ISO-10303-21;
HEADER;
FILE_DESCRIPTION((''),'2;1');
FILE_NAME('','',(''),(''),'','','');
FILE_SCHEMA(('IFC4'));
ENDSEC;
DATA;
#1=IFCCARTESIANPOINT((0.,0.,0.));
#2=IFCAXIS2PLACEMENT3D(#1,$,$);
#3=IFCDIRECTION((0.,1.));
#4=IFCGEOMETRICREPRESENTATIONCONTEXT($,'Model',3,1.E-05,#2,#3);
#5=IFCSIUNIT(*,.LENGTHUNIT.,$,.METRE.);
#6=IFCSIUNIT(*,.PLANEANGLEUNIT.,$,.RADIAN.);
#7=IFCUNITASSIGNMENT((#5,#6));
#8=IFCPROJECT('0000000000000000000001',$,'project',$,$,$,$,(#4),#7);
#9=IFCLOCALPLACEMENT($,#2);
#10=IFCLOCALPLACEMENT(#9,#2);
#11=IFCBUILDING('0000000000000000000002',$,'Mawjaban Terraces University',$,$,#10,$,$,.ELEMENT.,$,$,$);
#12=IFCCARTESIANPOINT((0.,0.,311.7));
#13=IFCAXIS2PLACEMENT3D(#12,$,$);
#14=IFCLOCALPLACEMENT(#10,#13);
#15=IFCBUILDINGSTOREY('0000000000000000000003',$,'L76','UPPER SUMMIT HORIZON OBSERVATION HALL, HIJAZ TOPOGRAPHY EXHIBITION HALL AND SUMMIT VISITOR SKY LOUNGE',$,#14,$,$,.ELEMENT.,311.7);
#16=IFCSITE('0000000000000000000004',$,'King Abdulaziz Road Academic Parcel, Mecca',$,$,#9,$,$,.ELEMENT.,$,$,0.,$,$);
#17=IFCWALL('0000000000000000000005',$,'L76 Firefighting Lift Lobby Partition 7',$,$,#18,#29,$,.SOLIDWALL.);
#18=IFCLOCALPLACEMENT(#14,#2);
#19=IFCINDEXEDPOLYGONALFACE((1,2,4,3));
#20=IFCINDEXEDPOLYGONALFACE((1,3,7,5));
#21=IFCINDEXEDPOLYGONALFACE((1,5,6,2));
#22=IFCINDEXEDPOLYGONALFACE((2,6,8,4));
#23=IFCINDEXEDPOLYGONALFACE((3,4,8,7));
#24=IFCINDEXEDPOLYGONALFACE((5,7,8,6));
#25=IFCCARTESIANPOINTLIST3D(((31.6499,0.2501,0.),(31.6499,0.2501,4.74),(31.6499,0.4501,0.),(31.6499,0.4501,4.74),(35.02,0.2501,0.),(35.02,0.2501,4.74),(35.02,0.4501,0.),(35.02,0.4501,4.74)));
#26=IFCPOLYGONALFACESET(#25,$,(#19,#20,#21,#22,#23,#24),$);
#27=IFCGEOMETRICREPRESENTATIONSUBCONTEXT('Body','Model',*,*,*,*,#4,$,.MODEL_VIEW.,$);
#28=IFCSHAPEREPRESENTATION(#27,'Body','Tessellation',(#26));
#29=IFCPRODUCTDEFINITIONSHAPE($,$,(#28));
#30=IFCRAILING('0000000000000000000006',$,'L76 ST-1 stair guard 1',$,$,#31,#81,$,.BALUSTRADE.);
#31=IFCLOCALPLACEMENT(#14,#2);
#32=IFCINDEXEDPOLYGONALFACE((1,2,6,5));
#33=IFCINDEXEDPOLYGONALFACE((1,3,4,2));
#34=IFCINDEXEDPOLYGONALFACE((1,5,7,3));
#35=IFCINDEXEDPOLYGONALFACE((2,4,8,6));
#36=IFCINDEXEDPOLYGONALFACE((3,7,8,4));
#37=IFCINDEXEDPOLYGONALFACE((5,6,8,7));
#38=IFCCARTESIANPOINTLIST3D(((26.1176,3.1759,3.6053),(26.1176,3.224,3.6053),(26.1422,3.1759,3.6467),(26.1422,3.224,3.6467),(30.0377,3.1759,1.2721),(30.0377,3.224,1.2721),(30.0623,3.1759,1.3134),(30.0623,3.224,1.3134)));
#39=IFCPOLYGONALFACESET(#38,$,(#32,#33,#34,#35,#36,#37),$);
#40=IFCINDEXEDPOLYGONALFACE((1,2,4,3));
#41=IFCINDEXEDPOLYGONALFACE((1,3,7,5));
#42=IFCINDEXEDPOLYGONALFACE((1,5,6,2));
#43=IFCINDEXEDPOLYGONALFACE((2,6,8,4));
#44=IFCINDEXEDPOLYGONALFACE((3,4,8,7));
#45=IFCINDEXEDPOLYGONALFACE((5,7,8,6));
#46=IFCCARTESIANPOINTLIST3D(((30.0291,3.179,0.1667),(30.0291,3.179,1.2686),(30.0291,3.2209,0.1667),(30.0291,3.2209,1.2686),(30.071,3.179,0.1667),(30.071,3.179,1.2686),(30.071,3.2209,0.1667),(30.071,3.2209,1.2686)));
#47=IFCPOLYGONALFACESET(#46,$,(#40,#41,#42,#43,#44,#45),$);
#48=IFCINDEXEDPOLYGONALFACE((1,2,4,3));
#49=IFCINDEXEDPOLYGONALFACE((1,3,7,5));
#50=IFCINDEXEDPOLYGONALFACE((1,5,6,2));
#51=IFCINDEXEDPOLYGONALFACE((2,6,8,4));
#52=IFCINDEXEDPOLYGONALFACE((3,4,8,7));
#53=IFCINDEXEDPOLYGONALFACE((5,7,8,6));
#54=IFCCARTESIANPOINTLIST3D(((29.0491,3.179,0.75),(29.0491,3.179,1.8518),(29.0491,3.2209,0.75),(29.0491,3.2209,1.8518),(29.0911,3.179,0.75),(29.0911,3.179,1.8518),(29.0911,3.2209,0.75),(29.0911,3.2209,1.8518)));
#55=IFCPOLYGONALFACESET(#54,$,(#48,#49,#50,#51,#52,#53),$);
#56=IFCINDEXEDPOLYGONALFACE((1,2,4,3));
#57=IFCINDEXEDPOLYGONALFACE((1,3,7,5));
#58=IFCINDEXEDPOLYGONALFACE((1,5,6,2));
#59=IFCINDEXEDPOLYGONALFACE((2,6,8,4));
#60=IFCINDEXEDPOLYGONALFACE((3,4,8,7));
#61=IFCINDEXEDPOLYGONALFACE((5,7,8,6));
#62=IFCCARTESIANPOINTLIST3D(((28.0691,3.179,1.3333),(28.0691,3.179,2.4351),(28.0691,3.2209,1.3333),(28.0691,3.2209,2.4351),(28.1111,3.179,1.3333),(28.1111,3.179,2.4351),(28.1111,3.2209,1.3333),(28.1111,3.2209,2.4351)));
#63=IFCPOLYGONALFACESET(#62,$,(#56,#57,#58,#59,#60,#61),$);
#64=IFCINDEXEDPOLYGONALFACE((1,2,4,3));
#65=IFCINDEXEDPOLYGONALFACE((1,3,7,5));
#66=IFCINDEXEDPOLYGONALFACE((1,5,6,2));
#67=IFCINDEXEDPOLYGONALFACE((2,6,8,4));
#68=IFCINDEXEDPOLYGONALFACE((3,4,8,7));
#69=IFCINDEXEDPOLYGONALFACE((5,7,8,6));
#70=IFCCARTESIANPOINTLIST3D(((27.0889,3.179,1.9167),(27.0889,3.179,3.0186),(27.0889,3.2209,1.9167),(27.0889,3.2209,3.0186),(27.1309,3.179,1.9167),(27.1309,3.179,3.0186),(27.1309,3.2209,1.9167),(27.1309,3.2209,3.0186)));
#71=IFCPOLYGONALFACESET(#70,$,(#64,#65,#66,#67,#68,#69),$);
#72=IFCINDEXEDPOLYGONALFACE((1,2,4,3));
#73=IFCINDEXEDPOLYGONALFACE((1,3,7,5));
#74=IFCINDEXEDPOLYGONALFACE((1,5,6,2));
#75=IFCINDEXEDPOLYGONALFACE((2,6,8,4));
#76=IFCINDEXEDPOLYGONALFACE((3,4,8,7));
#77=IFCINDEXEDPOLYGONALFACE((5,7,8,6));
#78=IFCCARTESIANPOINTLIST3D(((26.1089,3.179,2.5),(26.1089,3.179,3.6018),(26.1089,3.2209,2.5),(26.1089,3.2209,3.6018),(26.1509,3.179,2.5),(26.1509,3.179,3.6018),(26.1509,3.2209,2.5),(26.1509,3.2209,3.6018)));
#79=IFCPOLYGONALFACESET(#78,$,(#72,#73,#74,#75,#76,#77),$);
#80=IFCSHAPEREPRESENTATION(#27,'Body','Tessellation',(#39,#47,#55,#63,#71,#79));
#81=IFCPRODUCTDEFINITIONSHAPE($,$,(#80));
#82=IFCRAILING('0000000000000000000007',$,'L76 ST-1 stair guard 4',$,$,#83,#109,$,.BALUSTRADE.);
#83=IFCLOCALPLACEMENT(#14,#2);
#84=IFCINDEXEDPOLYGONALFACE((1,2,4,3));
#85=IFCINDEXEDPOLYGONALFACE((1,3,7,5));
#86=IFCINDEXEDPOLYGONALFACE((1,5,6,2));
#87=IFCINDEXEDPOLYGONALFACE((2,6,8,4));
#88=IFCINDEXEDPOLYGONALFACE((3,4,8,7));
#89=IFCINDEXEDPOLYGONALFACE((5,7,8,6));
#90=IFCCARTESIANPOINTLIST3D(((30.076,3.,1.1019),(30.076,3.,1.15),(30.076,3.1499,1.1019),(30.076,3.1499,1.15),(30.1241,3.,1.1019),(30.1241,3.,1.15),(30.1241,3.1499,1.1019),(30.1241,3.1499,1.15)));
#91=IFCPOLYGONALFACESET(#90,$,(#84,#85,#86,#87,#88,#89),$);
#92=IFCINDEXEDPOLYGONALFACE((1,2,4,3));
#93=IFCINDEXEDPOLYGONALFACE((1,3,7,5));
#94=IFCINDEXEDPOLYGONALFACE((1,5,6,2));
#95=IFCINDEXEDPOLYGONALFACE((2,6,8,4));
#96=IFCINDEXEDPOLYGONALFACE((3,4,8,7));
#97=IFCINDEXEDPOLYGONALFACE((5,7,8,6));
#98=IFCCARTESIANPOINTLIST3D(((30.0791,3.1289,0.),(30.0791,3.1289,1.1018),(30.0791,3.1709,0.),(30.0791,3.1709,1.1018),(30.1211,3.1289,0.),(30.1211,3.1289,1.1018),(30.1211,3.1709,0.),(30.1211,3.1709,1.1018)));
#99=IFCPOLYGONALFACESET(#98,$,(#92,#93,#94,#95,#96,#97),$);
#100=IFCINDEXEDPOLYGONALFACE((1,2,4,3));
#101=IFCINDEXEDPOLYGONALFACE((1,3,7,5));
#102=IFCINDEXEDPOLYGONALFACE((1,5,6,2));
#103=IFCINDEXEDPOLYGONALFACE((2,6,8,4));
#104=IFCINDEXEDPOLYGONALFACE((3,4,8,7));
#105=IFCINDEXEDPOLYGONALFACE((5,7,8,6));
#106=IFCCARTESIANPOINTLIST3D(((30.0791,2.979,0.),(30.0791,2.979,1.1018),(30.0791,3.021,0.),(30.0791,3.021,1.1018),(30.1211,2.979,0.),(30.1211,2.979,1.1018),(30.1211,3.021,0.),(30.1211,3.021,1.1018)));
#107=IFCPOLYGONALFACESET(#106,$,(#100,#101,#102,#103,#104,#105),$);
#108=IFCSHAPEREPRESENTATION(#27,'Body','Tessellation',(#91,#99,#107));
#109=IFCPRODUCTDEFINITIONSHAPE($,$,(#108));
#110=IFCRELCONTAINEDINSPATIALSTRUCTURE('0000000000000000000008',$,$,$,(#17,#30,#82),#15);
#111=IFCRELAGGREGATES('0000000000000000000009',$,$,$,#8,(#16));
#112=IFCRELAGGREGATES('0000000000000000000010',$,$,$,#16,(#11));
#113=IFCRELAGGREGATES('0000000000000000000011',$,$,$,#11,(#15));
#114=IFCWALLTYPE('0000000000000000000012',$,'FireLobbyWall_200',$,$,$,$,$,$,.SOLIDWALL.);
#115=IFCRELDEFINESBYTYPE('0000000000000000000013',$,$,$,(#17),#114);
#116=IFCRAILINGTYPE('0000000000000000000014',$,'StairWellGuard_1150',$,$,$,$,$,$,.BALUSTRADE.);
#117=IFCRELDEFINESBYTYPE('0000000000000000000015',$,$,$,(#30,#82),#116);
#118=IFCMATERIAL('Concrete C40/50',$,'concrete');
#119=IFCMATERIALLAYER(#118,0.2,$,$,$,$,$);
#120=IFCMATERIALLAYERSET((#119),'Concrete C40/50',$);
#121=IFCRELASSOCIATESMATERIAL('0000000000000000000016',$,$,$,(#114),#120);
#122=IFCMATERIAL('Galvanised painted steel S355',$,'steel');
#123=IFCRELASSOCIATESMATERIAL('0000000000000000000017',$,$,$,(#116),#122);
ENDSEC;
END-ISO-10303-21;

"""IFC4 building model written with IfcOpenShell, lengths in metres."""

from ifc_helpers import new_model, si_unit, direction, frame, frame_2d, origin, origin_2d, place, context, subcontext, project, spatial, rectangle, extrude, material, layer, layer_set, type_object, element, save


model = new_model("IFC4")

# Units and contexts
model_context = context("Model", 3, precision=1e-05, world=origin(), true_north=direction((0.0, 1.0)))
body_context = subcontext(model_context, "Body", "Model", "MODEL_VIEW")
ifc_project = project(units=[si_unit("LENGTHUNIT", "METRE"), si_unit("PLANEANGLEUNIT", "RADIAN")], contexts=[model_context])

# Site, building, storey
site_placement = place(None, origin())
site = spatial("IfcSite", under=ifc_project, at=site_placement, Name="King Abdulaziz Road Academic Parcel, Mecca", CompositionType="ELEMENT", RefElevation=0.0)
building_placement = place(site_placement, origin())
building = spatial("IfcBuilding", under=site, at=building_placement, Name="Mawjaban Terraces University", CompositionType="ELEMENT")
storey_placement = place(building_placement, frame((0.0, 0.0, 311.7)))
storey = spatial("IfcBuildingStorey", under=building, at=storey_placement, Name="L76", Description="UPPER SUMMIT HORIZON OBSERVATION HALL, HIJAZ TOPOGRAPHY EXHIBITION HALL AND SUMMIT VISITOR SKY LOUNGE", CompositionType="ELEMENT", Elevation=311.7)

# Shared definitions
ifc_material_1 = material(Name="Concrete C40/50", Category="concrete")
ifc_layer_1 = layer(ifc_material_1, 0.2)
ifc_layer_set_1 = layer_set([ifc_layer_1], Name="Concrete C40/50")
wall_type_1 = type_object("IfcWallType", Name="FireLobbyWall_200", PredefinedType="SOLIDWALL", material=ifc_layer_set_1)

# Wall
wall_1_placement = place(storey_placement, frame((31.6499, 0.3501, 0.0), z_axis=(0.0, 0.0, 1.0), x_axis=(1.0, 0.0, 0.0)))
element("IfcWall", 1, at=wall_1_placement, inside=storey, type_object=wall_type_1, Name="L76 Firefighting Lift Lobby Partition 7", PredefinedType="SOLIDWALL", context=body_context, shape_type="SweptSolid", body=[
    extrude(rectangle(XDim=3.3701, YDim=0.2, at=frame_2d((1.6851, 0.0))), origin(), (0.0, 0.0, 1.0), 4.74),
])

# Railings
ifc_material_2 = material(Name="Galvanised painted steel S355", Category="steel")
railing_type = type_object("IfcRailingType", Name="StairWellGuard_1150", PredefinedType="BALUSTRADE", material=ifc_material_2)
railing_1_placement = place(storey_placement, frame((30.05, 3.2, 0.1667)))
element("IfcRailing", 2, at=railing_1_placement, inside=storey, type_object=railing_type, Name="L76 ST-1 stair guard 1", PredefinedType="BALUSTRADE", context=body_context, shape_type="SweptSolid", body=[
    extrude(rectangle(XDim=0.0481, YDim=0.0481, at=origin_2d()), frame((0.0, 0.0, 1.126), z_axis=(-0.85931, 0.0, 0.511455), x_axis=(0.0, -1.0, 0.0)), (0.0, 0.0, 1.0), 4.562),
    extrude(rectangle(XDim=0.042, YDim=0.042, at=origin_2d()), origin(), (0.0, 0.0, 1.0), 1.1018),
    extrude(rectangle(XDim=0.042, YDim=0.042, at=origin_2d()), frame((-0.98, 0.0, 0.5833)), (0.0, 0.0, 1.0), 1.1018),
    extrude(rectangle(XDim=0.042, YDim=0.042, at=origin_2d()), frame((-1.96, 0.0, 1.1665)), (0.0, 0.0, 1.0), 1.1018),
    extrude(rectangle(XDim=0.042, YDim=0.042, at=origin_2d()), frame((-2.9402, 0.0, 1.75)), (0.0, 0.0, 1.0), 1.1018),
    extrude(rectangle(XDim=0.042, YDim=0.042, at=origin_2d()), frame((-3.9202, 0.0, 2.3333)), (0.0, 0.0, 1.0), 1.1018),
])
railing_2_placement = place(storey_placement, frame((30.1001, 3.1499, 0.0)))
element("IfcRailing", 3, at=railing_2_placement, inside=storey, type_object=railing_type, Name="L76 ST-1 stair guard 4", PredefinedType="BALUSTRADE", context=body_context, shape_type="SweptSolid", body=[
    extrude(rectangle(XDim=0.0481, YDim=0.0481, at=origin_2d()), frame((0.0, 0.0, 1.126), z_axis=(0.0, -1.0, 0.0), x_axis=(1.0, 0.0, 0.0)), (0.0, 0.0, 1.0), 0.1499),
    extrude(rectangle(XDim=0.042, YDim=0.042, at=origin_2d()), origin(), (0.0, 0.0, 1.0), 1.1018),
    extrude(rectangle(XDim=0.042, YDim=0.042, at=origin_2d()), frame((0.0, -0.1499, 0.0)), (0.0, 0.0, 1.0), 1.1018),
])

save(model, "model.ifc")
